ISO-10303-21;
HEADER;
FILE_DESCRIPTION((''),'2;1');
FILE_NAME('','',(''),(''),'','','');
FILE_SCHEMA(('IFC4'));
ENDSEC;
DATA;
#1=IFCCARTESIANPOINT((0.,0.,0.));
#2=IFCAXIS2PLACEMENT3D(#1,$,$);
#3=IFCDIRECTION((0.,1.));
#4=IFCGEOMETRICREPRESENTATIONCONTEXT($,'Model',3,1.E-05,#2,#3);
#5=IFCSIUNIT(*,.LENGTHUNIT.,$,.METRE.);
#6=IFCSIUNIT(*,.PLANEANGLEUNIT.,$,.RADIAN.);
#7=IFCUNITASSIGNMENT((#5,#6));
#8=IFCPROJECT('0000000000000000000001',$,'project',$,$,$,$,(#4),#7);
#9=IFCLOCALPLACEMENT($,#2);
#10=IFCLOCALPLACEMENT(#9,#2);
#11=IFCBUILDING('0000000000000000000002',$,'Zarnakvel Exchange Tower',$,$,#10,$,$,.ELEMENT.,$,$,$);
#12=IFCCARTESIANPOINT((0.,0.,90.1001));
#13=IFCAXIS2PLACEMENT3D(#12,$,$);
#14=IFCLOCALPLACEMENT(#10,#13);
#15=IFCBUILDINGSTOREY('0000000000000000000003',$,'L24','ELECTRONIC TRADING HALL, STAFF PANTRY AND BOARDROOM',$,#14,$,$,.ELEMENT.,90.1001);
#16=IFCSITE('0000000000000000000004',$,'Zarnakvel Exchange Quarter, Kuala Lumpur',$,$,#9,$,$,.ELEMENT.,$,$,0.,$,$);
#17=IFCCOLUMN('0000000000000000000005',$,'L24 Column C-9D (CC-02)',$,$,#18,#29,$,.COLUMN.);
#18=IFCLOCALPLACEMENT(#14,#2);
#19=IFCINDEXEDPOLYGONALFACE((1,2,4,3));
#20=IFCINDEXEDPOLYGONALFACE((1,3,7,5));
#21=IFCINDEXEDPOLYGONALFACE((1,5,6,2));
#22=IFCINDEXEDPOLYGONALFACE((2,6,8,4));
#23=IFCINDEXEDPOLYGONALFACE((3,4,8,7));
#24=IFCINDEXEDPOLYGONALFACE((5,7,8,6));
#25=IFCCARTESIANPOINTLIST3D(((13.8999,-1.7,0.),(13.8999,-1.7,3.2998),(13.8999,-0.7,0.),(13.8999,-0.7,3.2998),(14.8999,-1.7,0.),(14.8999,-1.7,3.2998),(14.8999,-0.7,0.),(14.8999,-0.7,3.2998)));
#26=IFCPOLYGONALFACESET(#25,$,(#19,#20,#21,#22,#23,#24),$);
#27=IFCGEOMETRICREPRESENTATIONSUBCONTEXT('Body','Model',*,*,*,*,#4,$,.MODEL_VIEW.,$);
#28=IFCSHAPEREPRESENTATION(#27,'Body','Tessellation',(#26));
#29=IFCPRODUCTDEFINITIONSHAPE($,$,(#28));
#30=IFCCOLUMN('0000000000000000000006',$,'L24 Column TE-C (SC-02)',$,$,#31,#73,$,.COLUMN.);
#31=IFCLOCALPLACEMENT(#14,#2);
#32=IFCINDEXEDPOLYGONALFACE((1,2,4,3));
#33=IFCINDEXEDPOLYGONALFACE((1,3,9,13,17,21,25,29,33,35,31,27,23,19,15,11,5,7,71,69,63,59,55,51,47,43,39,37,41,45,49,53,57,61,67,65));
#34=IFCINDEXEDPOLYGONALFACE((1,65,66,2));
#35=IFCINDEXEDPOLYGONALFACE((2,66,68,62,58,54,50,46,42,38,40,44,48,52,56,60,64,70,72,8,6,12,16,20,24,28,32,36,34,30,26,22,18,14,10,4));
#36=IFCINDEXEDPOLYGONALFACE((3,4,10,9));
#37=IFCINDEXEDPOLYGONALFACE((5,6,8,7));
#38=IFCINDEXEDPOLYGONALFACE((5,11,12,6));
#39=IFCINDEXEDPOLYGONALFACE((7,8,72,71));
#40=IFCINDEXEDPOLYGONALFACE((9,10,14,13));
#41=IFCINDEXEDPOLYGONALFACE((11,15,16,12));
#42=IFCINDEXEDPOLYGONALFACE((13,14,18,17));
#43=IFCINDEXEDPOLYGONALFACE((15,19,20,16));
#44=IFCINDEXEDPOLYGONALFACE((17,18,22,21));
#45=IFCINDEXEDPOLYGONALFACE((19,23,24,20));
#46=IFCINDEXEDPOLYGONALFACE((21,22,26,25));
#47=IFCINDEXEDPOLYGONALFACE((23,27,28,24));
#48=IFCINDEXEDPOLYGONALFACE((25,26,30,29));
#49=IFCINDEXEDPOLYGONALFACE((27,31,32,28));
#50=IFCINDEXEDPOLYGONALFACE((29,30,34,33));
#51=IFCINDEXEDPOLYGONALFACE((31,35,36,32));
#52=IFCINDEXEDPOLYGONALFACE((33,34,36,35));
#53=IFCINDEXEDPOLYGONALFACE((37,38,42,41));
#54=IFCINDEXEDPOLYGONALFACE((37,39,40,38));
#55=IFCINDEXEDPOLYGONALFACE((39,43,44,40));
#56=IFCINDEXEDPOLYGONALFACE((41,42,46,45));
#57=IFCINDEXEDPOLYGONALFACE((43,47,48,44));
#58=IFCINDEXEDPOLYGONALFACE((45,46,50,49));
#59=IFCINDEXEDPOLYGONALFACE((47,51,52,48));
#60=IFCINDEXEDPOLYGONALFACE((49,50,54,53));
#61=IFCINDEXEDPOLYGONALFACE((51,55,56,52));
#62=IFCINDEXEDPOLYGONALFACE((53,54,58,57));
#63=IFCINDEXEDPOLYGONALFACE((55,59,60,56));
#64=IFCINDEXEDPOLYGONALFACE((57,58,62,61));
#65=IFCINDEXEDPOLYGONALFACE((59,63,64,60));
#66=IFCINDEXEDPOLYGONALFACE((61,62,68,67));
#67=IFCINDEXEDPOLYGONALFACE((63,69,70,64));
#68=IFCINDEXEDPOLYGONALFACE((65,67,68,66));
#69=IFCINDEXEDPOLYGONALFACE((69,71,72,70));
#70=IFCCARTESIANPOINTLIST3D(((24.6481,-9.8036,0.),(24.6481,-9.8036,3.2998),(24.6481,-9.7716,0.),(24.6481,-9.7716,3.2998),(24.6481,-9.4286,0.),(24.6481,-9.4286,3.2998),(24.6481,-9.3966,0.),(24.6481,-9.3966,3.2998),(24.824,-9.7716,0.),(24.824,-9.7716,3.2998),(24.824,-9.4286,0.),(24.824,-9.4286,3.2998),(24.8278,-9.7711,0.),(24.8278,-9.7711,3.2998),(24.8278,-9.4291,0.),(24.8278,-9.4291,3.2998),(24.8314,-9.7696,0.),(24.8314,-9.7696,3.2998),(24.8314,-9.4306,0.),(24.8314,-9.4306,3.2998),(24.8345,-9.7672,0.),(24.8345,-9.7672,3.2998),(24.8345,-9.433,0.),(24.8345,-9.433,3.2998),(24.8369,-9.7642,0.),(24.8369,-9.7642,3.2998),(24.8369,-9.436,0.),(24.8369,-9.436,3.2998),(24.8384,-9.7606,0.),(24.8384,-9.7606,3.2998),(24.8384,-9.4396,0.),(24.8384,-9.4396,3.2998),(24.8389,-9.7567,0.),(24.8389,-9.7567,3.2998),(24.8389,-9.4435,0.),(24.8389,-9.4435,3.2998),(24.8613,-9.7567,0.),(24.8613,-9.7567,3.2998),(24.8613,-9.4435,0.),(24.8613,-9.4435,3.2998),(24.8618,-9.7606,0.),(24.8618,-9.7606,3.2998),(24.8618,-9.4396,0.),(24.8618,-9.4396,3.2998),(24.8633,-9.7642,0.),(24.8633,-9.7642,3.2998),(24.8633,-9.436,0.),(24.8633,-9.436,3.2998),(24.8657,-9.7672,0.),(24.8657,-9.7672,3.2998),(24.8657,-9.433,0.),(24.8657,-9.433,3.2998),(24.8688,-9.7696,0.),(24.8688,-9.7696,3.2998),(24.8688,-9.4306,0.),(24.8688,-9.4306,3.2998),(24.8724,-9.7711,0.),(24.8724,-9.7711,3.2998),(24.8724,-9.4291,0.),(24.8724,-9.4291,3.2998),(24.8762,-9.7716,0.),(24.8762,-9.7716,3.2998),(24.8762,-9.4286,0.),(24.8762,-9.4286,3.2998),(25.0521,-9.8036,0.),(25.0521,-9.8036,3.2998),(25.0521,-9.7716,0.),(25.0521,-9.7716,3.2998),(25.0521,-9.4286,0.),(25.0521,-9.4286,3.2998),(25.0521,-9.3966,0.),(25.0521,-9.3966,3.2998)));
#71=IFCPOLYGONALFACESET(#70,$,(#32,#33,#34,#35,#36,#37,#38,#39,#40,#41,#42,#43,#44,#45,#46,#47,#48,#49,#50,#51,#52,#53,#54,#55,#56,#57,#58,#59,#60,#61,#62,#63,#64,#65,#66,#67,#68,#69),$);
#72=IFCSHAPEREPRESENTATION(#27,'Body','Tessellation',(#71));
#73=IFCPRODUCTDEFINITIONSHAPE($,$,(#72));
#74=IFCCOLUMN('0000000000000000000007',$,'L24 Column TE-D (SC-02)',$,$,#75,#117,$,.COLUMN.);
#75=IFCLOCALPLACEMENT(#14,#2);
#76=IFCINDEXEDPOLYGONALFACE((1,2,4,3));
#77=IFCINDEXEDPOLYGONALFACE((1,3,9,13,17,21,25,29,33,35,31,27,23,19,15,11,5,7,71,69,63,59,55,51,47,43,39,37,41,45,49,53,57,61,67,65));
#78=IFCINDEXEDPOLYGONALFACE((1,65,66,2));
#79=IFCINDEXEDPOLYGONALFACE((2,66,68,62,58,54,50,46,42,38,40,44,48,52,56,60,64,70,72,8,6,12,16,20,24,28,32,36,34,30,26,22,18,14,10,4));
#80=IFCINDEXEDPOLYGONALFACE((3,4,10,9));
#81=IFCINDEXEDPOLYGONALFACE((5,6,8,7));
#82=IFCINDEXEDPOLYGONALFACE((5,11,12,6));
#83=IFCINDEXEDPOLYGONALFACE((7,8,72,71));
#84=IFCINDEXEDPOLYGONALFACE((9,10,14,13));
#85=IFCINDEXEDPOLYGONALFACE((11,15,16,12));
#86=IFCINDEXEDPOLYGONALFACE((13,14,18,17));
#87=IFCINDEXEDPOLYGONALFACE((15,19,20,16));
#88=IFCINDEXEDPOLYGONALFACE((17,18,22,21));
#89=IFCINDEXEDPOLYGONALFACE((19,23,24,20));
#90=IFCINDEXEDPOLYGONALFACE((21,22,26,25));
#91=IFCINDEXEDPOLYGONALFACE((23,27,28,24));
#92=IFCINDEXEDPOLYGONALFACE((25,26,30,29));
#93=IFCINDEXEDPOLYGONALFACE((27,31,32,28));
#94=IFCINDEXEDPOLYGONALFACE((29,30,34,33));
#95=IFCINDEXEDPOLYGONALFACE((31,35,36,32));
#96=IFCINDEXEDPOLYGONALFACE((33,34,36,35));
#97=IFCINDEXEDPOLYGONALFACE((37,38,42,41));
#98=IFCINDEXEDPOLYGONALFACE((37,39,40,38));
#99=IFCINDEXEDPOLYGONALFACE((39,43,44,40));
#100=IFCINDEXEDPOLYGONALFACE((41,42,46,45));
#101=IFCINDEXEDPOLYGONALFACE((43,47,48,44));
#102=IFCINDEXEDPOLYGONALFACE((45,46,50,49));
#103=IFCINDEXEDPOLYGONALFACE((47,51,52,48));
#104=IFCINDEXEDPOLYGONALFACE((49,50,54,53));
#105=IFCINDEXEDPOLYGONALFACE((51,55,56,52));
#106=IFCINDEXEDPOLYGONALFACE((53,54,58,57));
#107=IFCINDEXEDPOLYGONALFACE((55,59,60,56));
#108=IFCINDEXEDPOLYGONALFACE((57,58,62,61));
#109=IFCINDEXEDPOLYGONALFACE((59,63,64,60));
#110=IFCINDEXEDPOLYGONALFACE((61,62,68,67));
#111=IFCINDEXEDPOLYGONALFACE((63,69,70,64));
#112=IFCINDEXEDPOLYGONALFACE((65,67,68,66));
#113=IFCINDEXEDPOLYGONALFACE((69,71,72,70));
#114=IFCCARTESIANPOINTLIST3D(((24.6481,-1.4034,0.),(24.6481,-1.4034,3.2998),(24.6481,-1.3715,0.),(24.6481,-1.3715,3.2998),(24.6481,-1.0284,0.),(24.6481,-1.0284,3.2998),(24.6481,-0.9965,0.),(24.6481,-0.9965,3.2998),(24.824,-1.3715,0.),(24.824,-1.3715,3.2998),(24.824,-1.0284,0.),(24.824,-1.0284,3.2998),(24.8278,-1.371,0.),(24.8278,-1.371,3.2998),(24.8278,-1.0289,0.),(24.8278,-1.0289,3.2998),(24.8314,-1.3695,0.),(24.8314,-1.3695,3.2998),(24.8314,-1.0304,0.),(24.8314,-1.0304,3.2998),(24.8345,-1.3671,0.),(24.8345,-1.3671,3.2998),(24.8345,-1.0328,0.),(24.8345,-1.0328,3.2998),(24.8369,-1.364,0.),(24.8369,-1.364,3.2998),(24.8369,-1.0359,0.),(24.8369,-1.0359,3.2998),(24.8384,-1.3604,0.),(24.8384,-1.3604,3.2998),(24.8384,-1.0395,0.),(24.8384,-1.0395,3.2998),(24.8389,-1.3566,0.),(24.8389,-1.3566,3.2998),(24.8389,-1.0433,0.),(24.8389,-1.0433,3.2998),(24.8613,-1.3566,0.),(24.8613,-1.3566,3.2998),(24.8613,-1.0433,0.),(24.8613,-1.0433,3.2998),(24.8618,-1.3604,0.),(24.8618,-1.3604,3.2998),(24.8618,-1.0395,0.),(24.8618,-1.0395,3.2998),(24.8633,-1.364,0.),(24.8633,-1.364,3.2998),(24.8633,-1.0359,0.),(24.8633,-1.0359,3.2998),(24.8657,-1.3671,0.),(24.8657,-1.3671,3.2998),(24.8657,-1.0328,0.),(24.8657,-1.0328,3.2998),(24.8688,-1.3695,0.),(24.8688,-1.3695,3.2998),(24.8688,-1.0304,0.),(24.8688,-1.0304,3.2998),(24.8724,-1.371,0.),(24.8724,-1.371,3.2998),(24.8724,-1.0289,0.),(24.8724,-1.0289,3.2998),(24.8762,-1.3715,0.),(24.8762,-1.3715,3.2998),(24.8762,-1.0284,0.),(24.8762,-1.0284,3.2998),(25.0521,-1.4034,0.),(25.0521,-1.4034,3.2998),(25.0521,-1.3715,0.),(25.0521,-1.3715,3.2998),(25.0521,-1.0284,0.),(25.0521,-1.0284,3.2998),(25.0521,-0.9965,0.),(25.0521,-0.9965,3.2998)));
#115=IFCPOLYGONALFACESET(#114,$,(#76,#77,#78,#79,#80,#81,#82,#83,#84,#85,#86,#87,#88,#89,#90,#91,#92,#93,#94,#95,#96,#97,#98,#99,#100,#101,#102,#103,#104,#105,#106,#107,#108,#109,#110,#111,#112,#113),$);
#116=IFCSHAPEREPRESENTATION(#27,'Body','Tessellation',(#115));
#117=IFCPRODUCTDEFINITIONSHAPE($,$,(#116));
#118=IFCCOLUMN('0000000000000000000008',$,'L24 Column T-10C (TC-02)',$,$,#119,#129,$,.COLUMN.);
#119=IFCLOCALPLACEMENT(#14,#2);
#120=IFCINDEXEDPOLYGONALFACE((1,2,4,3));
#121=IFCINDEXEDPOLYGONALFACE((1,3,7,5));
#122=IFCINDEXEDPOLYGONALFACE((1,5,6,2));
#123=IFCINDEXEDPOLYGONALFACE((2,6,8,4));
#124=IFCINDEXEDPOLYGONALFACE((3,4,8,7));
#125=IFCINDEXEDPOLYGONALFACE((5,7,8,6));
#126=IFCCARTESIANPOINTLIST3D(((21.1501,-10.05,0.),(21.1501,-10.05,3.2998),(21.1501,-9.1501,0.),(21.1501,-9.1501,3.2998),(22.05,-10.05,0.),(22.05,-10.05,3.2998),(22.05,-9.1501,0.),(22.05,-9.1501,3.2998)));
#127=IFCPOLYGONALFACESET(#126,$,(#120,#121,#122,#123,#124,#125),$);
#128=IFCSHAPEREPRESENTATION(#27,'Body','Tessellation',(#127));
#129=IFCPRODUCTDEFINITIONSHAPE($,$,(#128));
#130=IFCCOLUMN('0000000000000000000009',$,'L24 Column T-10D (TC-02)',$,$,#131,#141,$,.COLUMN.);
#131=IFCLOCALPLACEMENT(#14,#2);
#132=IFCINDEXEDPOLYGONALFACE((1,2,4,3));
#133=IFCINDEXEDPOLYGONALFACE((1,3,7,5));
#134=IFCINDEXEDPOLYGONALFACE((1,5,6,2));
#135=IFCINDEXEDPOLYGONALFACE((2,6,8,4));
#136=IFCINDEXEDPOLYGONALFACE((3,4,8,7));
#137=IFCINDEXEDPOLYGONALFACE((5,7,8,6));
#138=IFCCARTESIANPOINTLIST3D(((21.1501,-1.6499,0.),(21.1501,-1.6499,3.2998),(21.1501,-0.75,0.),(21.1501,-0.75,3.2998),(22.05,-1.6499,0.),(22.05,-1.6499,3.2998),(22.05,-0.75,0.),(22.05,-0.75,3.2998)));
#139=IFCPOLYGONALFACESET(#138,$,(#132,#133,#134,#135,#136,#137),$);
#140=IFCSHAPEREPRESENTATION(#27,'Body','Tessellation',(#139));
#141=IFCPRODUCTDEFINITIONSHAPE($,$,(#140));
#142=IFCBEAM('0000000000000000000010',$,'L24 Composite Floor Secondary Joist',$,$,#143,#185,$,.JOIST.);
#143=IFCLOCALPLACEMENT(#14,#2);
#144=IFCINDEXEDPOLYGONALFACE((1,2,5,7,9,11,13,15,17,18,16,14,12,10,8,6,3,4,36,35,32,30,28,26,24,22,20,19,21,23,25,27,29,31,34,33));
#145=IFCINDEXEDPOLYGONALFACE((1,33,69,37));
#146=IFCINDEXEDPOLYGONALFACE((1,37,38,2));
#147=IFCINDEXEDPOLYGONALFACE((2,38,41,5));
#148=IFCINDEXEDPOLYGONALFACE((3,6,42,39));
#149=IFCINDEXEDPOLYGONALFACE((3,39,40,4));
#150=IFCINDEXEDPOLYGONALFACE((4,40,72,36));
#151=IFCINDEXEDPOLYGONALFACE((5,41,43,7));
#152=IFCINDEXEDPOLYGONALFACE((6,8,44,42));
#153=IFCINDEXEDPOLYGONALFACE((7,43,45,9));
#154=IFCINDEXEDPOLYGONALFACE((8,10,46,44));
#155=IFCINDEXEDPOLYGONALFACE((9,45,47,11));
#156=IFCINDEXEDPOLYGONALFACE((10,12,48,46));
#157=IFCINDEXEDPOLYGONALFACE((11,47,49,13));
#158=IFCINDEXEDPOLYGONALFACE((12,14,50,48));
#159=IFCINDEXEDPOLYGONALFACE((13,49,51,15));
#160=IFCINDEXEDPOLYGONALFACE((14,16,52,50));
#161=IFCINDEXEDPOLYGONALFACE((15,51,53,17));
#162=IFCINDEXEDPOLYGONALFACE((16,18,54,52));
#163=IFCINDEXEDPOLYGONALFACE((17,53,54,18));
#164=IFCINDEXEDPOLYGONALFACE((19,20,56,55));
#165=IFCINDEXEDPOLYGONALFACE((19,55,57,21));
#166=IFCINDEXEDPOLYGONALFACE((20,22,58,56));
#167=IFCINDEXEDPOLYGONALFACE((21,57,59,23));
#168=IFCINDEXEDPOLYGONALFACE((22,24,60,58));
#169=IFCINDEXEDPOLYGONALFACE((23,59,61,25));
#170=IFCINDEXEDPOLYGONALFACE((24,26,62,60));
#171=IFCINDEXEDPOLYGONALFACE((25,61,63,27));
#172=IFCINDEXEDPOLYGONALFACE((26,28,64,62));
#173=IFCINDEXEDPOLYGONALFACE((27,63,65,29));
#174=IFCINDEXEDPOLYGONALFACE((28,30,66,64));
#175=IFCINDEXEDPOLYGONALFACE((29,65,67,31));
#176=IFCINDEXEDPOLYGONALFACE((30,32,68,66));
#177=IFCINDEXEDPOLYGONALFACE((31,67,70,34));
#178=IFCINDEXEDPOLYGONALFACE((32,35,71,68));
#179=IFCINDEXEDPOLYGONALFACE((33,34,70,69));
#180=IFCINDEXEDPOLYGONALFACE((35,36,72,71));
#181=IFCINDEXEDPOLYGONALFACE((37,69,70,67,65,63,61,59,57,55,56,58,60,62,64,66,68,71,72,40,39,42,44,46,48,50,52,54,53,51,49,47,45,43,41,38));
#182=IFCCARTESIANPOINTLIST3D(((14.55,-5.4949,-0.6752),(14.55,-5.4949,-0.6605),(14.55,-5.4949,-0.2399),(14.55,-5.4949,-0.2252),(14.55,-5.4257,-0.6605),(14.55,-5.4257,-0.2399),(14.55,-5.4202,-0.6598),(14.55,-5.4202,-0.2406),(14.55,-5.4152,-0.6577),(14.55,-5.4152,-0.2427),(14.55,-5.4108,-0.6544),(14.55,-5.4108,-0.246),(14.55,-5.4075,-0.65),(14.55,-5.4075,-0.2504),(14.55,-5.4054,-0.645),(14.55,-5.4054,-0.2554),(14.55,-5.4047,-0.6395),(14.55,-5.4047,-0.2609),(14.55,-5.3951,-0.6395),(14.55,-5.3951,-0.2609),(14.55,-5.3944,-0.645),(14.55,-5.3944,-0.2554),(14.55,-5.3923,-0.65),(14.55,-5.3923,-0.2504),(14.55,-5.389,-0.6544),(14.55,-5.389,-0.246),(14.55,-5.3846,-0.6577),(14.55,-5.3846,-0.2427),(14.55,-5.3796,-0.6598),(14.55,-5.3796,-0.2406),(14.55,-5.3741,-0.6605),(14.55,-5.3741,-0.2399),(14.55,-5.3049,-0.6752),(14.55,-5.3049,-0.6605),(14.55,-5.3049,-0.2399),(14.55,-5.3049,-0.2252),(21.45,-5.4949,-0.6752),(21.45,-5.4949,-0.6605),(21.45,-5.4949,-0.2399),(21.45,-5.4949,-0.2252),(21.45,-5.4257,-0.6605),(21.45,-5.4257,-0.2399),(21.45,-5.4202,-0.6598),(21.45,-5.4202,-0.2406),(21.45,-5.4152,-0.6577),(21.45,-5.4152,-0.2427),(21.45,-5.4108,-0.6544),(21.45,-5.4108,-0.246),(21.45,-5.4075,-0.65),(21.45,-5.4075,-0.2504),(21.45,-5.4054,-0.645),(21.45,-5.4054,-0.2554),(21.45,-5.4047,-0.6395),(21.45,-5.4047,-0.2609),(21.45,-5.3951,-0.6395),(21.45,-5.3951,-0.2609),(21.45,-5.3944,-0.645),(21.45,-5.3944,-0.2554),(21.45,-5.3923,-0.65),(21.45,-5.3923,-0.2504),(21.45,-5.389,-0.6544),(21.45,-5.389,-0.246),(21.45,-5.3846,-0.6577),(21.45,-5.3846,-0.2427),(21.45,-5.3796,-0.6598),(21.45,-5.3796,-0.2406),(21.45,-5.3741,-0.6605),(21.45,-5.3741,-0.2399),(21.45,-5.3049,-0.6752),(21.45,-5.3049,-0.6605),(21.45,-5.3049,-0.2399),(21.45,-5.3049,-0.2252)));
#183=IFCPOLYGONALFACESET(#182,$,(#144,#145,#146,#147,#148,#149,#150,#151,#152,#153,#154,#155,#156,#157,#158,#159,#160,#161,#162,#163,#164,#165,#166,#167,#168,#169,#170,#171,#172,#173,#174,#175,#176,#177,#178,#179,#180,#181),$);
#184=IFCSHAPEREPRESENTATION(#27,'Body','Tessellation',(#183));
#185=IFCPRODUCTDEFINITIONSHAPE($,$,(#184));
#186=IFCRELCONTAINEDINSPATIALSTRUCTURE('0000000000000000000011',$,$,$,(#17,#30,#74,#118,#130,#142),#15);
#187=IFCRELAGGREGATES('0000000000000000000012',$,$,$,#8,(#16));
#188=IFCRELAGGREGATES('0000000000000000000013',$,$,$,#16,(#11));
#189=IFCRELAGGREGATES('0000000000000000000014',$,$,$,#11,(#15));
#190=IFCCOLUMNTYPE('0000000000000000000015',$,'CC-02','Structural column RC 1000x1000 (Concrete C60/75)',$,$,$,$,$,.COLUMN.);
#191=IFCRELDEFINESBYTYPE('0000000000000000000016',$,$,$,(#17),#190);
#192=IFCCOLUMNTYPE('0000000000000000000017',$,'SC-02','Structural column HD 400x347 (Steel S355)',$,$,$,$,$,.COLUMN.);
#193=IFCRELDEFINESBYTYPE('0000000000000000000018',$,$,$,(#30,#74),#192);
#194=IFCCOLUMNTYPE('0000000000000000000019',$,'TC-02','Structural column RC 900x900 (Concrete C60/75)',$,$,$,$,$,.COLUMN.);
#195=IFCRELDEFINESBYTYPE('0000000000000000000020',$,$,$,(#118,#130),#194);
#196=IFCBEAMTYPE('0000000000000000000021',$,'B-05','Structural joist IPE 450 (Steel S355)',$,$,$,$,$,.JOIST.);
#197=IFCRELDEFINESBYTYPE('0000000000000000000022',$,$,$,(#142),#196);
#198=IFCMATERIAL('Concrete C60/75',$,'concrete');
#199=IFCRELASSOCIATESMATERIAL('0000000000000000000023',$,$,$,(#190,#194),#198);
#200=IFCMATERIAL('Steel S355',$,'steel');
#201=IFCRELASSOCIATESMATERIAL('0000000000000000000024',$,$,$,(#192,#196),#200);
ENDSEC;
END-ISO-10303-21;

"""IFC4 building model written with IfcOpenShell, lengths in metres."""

from ifc_helpers import new_model, si_unit, direction, frame, origin, origin_2d, place, context, subcontext, project, spatial, rectangle, i_section, extrude, material, material_profile, profile_set, type_object, element, save


model = new_model("IFC4")

# Units and contexts
model_context = context("Model", 3, precision=1e-05, world=origin(), true_north=direction((0.0, 1.0)))
body_context = subcontext(model_context, "Body", "Model", "MODEL_VIEW")
ifc_project = project(units=[si_unit("LENGTHUNIT", "METRE"), si_unit("PLANEANGLEUNIT", "RADIAN")], contexts=[model_context])

# Site, building, storey
site_placement = place(None, origin())
site = spatial("IfcSite", under=ifc_project, at=site_placement, Name="Zarnakvel Exchange Quarter, Kuala Lumpur", CompositionType="ELEMENT", RefElevation=0.0)
building_placement = place(site_placement, origin())
building = spatial("IfcBuilding", under=site, at=building_placement, Name="Zarnakvel Exchange Tower", CompositionType="ELEMENT")
storey_placement = place(building_placement, frame((0.0, 0.0, 90.1001)))
storey = spatial("IfcBuildingStorey", under=building, at=storey_placement, Name="L24", Description="ELECTRONIC TRADING HALL, STAFF PANTRY AND BOARDROOM", CompositionType="ELEMENT", Elevation=90.1001)

# Columns
ifc_material_1 = material(Name="Concrete C60/75", Category="concrete")
ifc_material_profile_1 = material_profile(ifc_material_1, rectangle(XDim=1.0, YDim=1.0, at=origin_2d()))
ifc_profile_set_1 = profile_set([ifc_material_profile_1], Name="Concrete C60/75")
column_type_1 = type_object("IfcColumnType", Name="CC-02", Description="Structural column RC 1000x1000 (Concrete C60/75)", PredefinedType="COLUMN", material=ifc_profile_set_1)
column_placement = place(storey_placement, frame((14.3999, -1.2, 0.0), z_axis=(0.0, 0.0, 1.0), x_axis=(1.0, 0.0, 0.0)))
element("IfcColumn", 1, at=column_placement, inside=storey, type_object=column_type_1, Name="L24 Column C-9D (CC-02)", PredefinedType="COLUMN", context=body_context, shape_type="SweptSolid", body=[
    extrude(rectangle(XDim=1.0, YDim=1.0, at=origin_2d()), origin(), (0.0, 0.0, 1.0), 3.2998),
])
ifc_material_2 = material(Name="Steel S355", Category="steel")
ifc_material_profile_2 = material_profile(ifc_material_2, i_section(OverallWidth=0.4041, OverallDepth=0.407, WebThickness=0.0225, FlangeThickness=0.032, FilletRadius=0.0149, at=origin_2d()))
ifc_profile_set_2 = profile_set([ifc_material_profile_2], Name="Steel S355")
column_type_2 = type_object("IfcColumnType", Name="SC-02", Description="Structural column HD 400x347 (Steel S355)", PredefinedType="COLUMN", material=ifc_profile_set_2)
for number, where, z_axis, x_axis, name in (
    (2, (24.8501, -9.6001, 0.0), (0.0, 0.0, 1.0), (1.0, 0.0, 0.0), "L24 Column TE-C (SC-02)"),
    (3, (24.8501, -1.2, 0.0), (0.0, 0.0, 1.0), (1.0, 0.0, 0.0), "L24 Column TE-D (SC-02)"),
):
    element("IfcColumn", number, at=place(storey_placement, frame(where, z_axis=z_axis, x_axis=x_axis)), inside=storey, type_object=column_type_2, Name=name, PredefinedType="COLUMN", context=body_context, shape_type="SweptSolid", body=[
        extrude(i_section(OverallWidth=0.4041, OverallDepth=0.407, WebThickness=0.0225, FlangeThickness=0.032, FilletRadius=0.0149, at=origin_2d()), origin(), (0.0, 0.0, 1.0), 3.2998),
    ])
ifc_material_profile_3 = material_profile(ifc_material_1, rectangle(XDim=0.8999, YDim=0.8999, at=origin_2d()))
ifc_profile_set_3 = profile_set([ifc_material_profile_3], Name="Concrete C60/75")
column_type_3 = type_object("IfcColumnType", Name="TC-02", Description="Structural column RC 900x900 (Concrete C60/75)", PredefinedType="COLUMN", material=ifc_profile_set_3)
for number, where, z_axis, x_axis, name in (
    (4, (21.6001, -9.6001, 0.0), (0.0, 0.0, 1.0), (1.0, 0.0, 0.0), "L24 Column T-10C (TC-02)"),
    (5, (21.6001, -1.2, 0.0), (0.0, 0.0, 1.0), (1.0, 0.0, 0.0), "L24 Column T-10D (TC-02)"),
):
    element("IfcColumn", number, at=place(storey_placement, frame(where, z_axis=z_axis, x_axis=x_axis)), inside=storey, type_object=column_type_3, Name=name, PredefinedType="COLUMN", context=body_context, shape_type="SweptSolid", body=[
        extrude(rectangle(XDim=0.8999, YDim=0.8999, at=origin_2d()), origin(), (0.0, 0.0, 1.0), 3.2998),
    ])

# Beam
ifc_material_profile_4 = material_profile(ifc_material_2, i_section(OverallWidth=0.1899, OverallDepth=0.45, WebThickness=0.0095, FlangeThickness=0.0146, FilletRadius=0.021, at=origin_2d()))
ifc_profile_set_4 = profile_set([ifc_material_profile_4], Name="Steel S355")
beam_type_1 = type_object("IfcBeamType", Name="B-05", Description="Structural joist IPE 450 (Steel S355)", PredefinedType="JOIST", material=ifc_profile_set_4)
beam_1_placement = place(storey_placement, frame((14.55, -5.3999, -0.4502), z_axis=(1.0, 0.0, 0.0), x_axis=(0.0, 1.0, 0.0)))
element("IfcBeam", 6, at=beam_1_placement, inside=storey, type_object=beam_type_1, Name="L24 Composite Floor Secondary Joist", PredefinedType="JOIST", context=body_context, shape_type="SweptSolid", body=[
    extrude(i_section(OverallWidth=0.1899, OverallDepth=0.45, WebThickness=0.0095, FlangeThickness=0.0146, FilletRadius=0.021, at=origin_2d()), origin(), (0.0, 0.0, 1.0), 6.8999),
])

save(model, "model.ifc")
